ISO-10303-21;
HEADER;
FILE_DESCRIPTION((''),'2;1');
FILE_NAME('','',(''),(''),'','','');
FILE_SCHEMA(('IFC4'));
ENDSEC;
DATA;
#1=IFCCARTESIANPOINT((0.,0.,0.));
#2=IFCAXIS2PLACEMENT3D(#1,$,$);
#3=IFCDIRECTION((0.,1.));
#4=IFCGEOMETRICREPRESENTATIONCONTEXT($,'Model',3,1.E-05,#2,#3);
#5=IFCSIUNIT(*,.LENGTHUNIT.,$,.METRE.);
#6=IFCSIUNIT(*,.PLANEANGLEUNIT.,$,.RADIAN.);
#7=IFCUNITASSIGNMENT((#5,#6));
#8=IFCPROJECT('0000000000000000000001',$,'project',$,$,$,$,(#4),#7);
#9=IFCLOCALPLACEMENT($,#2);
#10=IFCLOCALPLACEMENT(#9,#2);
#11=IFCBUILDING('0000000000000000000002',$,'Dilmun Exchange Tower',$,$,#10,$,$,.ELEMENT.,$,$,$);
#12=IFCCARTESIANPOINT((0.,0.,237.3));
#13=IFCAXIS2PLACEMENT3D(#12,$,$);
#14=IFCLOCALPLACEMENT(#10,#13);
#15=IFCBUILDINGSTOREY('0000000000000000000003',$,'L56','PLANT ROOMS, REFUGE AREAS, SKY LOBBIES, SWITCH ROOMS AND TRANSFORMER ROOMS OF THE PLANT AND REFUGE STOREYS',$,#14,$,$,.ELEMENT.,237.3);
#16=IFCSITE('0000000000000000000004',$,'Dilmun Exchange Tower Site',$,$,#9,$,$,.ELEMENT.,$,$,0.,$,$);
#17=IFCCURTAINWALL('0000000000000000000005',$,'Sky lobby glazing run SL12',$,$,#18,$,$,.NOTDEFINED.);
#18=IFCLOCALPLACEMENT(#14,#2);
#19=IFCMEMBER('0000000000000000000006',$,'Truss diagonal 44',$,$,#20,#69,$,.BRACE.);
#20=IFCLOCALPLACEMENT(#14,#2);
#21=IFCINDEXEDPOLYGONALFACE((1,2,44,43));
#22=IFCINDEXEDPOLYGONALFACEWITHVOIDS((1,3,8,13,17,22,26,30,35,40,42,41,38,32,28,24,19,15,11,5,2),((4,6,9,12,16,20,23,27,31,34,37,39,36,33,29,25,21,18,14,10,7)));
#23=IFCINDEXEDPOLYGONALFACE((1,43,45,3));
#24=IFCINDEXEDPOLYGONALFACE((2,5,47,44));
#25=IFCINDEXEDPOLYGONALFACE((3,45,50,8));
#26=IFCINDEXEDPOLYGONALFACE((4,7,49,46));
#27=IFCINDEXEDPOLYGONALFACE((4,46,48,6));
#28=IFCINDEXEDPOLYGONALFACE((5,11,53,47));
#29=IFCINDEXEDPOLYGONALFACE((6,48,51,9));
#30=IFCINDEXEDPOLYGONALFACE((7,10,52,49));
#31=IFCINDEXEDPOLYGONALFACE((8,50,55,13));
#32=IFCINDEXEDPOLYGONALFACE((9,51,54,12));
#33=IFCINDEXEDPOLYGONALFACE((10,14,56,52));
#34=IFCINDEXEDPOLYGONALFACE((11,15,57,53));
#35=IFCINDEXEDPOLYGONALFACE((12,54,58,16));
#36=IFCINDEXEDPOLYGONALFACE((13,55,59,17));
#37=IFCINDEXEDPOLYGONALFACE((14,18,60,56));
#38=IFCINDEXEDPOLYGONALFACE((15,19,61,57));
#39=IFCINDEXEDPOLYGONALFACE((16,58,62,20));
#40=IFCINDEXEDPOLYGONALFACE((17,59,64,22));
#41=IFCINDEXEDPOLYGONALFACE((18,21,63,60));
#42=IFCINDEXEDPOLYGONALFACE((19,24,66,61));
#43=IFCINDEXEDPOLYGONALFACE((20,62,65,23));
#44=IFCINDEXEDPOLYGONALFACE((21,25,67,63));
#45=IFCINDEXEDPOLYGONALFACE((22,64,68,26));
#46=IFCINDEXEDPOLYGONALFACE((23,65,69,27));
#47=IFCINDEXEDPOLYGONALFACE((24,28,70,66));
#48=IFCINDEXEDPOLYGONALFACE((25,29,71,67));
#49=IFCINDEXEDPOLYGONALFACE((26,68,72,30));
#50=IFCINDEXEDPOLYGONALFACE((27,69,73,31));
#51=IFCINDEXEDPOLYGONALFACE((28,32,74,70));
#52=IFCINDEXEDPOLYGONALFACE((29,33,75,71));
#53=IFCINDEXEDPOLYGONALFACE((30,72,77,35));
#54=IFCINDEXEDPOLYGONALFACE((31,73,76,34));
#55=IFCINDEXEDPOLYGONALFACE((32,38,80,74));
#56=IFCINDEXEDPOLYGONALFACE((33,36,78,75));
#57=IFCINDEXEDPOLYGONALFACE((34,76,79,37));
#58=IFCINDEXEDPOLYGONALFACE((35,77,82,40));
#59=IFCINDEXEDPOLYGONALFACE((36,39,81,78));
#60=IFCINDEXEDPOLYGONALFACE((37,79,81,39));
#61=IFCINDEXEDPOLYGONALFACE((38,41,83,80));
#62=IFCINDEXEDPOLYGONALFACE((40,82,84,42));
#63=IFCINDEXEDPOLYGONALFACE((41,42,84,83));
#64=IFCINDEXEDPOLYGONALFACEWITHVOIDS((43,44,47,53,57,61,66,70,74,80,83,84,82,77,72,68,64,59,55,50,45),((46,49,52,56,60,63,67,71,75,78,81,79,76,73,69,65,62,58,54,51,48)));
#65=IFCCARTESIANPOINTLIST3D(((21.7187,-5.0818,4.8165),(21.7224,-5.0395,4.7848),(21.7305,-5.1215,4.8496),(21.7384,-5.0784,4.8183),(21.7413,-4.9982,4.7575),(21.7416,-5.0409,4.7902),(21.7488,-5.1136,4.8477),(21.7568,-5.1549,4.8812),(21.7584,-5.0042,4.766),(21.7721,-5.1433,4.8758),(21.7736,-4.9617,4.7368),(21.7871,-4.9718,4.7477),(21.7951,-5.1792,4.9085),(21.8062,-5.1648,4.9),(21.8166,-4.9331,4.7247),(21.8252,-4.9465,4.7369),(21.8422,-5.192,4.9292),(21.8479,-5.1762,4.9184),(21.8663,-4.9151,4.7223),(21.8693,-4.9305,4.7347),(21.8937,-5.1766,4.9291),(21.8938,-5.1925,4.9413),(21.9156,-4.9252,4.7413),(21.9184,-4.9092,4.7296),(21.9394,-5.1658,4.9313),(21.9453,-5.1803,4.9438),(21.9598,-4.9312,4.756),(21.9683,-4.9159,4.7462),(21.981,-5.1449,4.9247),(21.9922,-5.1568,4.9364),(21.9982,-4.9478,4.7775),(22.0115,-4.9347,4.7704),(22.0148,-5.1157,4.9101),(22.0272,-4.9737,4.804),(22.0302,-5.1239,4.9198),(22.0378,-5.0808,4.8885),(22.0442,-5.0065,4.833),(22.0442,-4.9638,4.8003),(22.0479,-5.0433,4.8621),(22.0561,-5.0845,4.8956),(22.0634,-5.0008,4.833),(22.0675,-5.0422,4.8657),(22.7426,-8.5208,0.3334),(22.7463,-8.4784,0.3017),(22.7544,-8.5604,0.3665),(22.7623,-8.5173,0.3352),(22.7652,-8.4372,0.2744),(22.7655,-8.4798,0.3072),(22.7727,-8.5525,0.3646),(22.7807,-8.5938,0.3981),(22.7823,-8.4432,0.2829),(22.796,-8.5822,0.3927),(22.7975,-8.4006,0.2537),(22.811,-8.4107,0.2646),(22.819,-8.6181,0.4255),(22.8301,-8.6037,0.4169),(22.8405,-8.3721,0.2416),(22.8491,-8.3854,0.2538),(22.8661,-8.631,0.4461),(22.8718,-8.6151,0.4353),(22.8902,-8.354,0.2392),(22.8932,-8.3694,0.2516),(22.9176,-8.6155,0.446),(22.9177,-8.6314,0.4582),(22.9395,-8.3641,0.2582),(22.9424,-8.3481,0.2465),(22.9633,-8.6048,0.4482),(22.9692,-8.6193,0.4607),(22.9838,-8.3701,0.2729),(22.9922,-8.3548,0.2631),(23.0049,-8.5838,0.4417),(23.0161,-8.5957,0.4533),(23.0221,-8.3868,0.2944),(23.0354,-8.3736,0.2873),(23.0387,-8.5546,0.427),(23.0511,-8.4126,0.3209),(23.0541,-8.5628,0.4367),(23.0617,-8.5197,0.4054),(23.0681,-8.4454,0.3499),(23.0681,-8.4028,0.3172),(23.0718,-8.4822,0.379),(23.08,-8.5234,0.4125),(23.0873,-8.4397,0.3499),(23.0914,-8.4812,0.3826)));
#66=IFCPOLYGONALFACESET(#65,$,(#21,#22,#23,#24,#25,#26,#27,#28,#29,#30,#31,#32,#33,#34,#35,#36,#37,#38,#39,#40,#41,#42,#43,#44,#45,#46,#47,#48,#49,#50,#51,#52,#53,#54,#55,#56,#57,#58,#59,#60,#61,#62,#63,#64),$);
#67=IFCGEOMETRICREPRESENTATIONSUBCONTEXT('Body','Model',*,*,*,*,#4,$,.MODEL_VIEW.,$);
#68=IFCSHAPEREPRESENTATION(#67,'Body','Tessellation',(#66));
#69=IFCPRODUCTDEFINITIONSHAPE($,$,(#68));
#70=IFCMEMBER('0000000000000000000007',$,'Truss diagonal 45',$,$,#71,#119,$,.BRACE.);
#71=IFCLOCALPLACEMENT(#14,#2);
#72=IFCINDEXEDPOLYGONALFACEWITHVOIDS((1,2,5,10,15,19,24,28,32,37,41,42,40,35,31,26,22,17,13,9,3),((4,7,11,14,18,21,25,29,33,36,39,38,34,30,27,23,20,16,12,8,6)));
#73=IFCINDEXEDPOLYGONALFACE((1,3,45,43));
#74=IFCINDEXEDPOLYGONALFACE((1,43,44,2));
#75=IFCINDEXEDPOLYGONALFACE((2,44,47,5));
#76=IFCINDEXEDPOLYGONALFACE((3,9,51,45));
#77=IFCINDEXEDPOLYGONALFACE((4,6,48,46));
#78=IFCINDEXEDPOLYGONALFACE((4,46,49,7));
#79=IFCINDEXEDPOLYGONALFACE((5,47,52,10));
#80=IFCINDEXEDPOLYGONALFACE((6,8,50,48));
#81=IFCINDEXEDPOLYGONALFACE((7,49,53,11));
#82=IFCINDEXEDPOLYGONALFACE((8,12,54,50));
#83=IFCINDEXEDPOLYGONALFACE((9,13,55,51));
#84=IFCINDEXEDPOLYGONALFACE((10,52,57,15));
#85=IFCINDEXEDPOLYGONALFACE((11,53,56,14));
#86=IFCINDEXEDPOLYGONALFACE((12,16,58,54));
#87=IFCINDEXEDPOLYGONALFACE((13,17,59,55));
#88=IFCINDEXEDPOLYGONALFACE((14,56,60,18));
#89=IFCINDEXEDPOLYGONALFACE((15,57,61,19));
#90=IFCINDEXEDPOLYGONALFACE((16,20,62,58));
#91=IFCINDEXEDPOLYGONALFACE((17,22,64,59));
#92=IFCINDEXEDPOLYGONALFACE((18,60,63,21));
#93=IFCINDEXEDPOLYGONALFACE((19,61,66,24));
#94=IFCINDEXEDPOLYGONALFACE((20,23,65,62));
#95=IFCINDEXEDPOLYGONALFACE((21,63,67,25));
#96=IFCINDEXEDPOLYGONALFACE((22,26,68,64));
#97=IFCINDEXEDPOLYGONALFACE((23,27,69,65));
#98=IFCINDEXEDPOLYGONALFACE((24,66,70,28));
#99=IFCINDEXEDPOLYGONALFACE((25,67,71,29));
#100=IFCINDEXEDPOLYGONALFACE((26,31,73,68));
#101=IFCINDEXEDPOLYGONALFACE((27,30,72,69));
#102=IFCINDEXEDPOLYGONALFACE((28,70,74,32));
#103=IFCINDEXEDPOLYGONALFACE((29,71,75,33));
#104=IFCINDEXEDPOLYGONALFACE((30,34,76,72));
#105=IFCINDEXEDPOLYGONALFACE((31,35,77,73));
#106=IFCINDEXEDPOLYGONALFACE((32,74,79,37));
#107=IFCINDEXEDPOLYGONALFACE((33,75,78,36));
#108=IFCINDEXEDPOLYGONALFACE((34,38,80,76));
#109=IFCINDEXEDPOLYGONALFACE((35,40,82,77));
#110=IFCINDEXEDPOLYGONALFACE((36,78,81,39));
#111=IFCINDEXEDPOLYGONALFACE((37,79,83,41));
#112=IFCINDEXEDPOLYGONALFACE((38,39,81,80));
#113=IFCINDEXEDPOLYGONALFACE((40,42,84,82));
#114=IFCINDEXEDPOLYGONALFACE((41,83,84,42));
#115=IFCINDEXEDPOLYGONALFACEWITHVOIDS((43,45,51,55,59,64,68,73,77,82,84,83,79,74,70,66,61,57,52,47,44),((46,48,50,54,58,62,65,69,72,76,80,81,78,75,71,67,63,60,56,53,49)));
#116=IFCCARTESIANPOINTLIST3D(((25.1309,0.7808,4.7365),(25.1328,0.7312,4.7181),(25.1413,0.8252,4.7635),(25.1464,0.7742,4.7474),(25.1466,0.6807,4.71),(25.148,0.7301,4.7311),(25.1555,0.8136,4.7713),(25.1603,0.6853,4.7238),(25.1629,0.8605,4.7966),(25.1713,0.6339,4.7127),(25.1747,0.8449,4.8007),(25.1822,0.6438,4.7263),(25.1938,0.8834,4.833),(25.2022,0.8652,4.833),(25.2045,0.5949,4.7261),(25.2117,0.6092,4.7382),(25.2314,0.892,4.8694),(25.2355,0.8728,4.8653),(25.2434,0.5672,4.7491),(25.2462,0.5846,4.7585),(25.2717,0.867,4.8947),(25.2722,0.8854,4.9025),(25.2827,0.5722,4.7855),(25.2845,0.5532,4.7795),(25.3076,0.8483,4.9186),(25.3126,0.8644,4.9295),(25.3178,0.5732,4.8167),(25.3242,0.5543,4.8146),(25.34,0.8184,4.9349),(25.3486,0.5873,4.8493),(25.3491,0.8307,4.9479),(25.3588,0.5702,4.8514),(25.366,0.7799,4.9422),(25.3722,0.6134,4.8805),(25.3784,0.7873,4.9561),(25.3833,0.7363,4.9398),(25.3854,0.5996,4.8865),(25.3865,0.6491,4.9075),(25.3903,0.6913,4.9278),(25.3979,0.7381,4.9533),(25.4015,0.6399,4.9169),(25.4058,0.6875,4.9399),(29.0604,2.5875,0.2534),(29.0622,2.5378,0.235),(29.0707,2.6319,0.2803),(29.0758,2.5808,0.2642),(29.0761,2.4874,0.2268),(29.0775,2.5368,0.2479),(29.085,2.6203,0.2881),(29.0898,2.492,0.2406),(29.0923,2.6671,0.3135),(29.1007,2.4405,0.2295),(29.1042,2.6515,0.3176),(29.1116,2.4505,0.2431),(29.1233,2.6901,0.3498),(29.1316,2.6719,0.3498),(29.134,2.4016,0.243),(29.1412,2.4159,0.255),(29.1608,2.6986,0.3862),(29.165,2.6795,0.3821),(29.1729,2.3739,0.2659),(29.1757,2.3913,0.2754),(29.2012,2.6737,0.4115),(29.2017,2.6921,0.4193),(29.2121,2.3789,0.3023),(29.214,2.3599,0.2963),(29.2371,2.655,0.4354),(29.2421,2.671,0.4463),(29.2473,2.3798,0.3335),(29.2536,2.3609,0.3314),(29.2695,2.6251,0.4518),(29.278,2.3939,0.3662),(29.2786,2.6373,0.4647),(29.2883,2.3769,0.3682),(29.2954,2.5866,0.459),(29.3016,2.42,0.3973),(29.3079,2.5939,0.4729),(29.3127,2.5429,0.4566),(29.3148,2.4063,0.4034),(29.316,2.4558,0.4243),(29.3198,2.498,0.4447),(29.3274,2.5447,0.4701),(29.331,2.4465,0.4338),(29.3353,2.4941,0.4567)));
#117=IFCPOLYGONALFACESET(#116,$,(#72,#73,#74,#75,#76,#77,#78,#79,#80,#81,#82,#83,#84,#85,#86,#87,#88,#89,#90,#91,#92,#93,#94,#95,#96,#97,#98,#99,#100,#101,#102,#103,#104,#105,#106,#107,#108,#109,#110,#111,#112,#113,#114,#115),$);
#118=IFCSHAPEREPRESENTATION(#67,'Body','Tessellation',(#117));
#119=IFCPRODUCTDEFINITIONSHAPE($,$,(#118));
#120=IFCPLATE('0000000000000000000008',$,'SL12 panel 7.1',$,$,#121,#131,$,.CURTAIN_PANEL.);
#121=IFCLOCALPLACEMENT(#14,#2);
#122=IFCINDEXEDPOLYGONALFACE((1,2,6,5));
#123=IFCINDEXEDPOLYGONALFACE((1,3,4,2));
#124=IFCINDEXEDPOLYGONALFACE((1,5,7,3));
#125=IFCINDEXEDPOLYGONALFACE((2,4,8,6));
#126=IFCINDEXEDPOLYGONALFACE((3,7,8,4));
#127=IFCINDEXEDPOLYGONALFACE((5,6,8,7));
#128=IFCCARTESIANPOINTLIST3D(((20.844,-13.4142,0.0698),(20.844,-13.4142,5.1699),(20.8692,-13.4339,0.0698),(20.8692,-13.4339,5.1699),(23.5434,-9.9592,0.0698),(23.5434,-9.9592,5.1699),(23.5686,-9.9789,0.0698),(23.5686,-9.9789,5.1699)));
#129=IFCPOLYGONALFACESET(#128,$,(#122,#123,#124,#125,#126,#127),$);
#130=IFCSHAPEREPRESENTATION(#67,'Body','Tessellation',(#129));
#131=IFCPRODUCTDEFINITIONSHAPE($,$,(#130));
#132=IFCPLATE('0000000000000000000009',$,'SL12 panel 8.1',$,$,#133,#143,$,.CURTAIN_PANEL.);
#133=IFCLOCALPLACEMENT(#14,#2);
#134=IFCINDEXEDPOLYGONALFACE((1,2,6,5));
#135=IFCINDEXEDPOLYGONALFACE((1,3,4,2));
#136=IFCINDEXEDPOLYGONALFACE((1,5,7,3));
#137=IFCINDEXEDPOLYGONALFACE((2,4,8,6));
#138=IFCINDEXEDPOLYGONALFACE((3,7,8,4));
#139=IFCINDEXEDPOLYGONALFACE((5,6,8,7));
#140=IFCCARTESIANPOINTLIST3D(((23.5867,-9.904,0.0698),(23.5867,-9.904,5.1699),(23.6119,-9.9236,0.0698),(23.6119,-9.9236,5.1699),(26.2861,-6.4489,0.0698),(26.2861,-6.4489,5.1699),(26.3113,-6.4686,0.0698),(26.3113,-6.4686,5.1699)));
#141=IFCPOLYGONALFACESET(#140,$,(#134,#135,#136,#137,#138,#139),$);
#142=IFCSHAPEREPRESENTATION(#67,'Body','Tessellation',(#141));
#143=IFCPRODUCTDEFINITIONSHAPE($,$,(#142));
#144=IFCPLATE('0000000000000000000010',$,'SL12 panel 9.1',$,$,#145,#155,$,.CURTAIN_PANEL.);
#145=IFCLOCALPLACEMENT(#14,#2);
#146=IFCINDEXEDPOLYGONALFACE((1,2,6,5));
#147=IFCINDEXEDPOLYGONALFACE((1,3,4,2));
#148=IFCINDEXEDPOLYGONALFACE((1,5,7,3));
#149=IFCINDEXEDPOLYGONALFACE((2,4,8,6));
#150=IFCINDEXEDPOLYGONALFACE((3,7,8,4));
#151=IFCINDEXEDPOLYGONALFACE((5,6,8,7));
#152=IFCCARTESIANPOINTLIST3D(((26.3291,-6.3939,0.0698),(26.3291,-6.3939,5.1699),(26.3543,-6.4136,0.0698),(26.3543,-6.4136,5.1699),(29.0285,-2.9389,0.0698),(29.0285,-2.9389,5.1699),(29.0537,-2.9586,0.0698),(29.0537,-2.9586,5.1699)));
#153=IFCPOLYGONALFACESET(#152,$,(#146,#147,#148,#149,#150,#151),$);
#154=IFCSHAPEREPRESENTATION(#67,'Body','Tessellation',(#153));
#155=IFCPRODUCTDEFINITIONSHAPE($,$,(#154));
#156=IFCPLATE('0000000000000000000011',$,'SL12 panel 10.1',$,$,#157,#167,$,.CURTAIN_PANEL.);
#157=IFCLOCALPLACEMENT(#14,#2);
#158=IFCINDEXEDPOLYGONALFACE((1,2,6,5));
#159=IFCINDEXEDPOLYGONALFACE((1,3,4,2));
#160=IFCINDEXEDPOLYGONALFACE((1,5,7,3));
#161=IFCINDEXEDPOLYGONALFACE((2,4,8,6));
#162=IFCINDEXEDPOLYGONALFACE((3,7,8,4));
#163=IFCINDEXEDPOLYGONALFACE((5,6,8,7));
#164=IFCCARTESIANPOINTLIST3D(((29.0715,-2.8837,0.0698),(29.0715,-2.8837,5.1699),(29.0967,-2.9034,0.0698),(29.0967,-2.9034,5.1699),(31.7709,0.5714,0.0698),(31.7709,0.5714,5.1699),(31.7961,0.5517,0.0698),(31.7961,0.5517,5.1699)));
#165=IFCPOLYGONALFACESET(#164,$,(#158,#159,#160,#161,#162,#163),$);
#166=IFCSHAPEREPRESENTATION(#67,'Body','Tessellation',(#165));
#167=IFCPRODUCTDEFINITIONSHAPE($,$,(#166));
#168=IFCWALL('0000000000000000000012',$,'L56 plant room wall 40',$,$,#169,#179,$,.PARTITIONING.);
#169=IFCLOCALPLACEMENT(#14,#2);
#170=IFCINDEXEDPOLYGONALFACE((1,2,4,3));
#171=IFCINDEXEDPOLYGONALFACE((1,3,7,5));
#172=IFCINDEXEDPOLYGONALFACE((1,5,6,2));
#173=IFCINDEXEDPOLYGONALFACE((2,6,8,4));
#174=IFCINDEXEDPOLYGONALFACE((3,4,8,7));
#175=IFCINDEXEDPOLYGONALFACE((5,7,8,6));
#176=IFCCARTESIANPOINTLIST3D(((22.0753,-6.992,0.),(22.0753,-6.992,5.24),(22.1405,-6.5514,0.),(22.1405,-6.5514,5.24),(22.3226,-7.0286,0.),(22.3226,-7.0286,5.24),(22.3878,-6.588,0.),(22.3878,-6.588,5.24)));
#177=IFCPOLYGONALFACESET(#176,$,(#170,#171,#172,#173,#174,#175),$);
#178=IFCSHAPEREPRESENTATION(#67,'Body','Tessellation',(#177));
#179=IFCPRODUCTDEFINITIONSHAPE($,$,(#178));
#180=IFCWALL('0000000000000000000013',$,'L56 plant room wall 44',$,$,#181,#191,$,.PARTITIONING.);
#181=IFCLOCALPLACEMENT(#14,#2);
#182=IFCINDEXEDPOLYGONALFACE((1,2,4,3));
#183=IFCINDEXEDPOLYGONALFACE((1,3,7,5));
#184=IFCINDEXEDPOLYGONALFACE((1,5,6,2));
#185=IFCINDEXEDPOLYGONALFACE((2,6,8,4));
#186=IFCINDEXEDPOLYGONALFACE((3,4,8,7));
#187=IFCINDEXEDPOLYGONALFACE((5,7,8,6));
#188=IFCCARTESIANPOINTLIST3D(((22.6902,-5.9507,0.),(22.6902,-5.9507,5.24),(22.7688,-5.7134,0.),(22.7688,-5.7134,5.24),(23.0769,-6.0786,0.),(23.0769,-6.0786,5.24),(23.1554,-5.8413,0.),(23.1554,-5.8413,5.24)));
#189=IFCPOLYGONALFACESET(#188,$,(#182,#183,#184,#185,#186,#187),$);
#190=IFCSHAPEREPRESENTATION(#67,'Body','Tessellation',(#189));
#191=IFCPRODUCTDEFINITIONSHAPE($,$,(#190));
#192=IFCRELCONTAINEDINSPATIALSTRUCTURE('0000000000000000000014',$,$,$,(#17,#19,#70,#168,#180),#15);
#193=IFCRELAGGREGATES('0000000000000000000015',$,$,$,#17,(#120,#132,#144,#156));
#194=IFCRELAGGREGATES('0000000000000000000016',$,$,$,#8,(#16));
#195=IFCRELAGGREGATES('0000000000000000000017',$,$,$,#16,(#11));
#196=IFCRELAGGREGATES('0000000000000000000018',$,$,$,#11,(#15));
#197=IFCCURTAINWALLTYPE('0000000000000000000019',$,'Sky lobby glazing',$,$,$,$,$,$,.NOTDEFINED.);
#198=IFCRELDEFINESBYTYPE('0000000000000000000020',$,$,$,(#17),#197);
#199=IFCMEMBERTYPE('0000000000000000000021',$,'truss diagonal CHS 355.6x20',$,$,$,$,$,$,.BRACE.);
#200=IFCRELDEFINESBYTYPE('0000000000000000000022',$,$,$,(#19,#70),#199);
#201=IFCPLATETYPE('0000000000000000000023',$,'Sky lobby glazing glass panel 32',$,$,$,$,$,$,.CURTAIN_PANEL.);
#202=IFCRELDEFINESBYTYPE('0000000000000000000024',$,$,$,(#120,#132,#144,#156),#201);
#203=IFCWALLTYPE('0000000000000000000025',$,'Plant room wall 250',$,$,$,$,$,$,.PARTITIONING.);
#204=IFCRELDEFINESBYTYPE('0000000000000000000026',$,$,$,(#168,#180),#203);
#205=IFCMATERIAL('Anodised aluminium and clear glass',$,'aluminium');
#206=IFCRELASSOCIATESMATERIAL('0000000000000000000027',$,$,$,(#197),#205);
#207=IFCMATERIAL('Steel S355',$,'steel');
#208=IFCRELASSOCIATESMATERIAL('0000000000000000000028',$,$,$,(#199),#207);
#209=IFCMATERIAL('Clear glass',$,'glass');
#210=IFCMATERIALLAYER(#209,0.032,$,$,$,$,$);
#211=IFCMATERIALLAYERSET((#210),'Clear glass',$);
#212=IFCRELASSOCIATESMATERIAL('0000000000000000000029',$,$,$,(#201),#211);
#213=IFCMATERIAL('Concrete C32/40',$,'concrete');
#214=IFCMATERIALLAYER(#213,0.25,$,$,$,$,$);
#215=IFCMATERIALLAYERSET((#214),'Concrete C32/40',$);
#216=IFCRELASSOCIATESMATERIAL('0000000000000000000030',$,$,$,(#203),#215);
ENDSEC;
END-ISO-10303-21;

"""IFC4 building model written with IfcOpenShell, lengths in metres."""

from ifc_helpers import new_model, si_unit, direction, frame, frame_2d, origin, origin_2d, place, context, subcontext, project, spatial, rectangle, hollow_circle, extrude, material, layer, layer_set, material_profile, profile_set, type_object, element, aggregate, save


model = new_model("IFC4")

# Units and contexts
model_context = context("Model", 3, precision=1e-05, world=origin(), true_north=direction((0.0, 1.0)))
body_context = subcontext(model_context, "Body", "Model", "MODEL_VIEW")
ifc_project = project(units=[si_unit("LENGTHUNIT", "METRE"), si_unit("PLANEANGLEUNIT", "RADIAN")], contexts=[model_context])

# Site, building, storey
site_placement = place(None, origin())
site = spatial("IfcSite", under=ifc_project, at=site_placement, Name="Dilmun Exchange Tower Site", CompositionType="ELEMENT", RefElevation=0.0)
building_placement = place(site_placement, origin())
building = spatial("IfcBuilding", under=site, at=building_placement, Name="Dilmun Exchange Tower", CompositionType="ELEMENT")
storey_placement = place(building_placement, frame((0.0, 0.0, 237.3)))
storey = spatial("IfcBuildingStorey", under=building, at=storey_placement, Name="L56", Description="PLANT ROOMS, REFUGE AREAS, SKY LOBBIES, SWITCH ROOMS AND TRANSFORMER ROOMS OF THE PLANT AND REFUGE STOREYS", CompositionType="ELEMENT", Elevation=237.3)

# Curtain wall
ifc_material_1 = material(Name="Anodised aluminium and clear glass", Category="aluminium")
curtain_wall_type = type_object("IfcCurtainWallType", Name="Sky lobby glazing", PredefinedType="NOTDEFINED", material=ifc_material_1)
curtain_wall_placement = place(storey_placement, origin())
curtain_wall = element("IfcCurtainWall", 1, at=curtain_wall_placement, inside=storey, type_object=curtain_wall_type, Name="Sky lobby glazing run SL12", PredefinedType="NOTDEFINED")

# Shared definitions
ifc_material_2 = material(Name="Steel S355", Category="steel")

# Members
ifc_material_profile_1 = material_profile(ifc_material_2, hollow_circle(Radius=0.1777, WallThickness=0.02, at=origin_2d()), Name="CHS 355.6x20")
ifc_profile_set_1 = profile_set([ifc_material_profile_1], Name="Steel S355")
member_type_1 = type_object("IfcMemberType", Name="truss diagonal CHS 355.6x20", PredefinedType="BRACE", material=ifc_profile_set_1)
member_1_placement = place(storey_placement, frame((21.8931, -5.0515, 4.833), z_axis=(0.178314, -0.598887, -0.78073), x_axis=(0.95842, 0.285362, 0.0)))
element("IfcMember", 2, at=member_1_placement, inside=storey, type_object=member_type_1, Name="Truss diagonal 44", PredefinedType="BRACE", context=body_context, shape_type="SweptSolid", body=[
    extrude(hollow_circle(Radius=0.1777, WallThickness=0.02, at=origin_2d()), origin(), (0.0, 0.0, 1.0), 5.7422),
])
member_2_placement = place(storey_placement, frame((25.2681, 0.7219, 4.833), z_axis=(0.630809, 0.290027, -0.719698), x_axis=(-0.417733, 0.90857, 0.0)))
element("IfcMember", 3, at=member_2_placement, inside=storey, type_object=member_type_1, Name="Truss diagonal 45", PredefinedType="BRACE", context=body_context, shape_type="SweptSolid", body=[
    extrude(hollow_circle(Radius=0.1777, WallThickness=0.02, at=origin_2d()), origin(), (0.0, 0.0, 1.0), 6.2292),
])

# Plates
ifc_material_3 = material(Name="Clear glass", Category="glass")
ifc_layer_1 = layer(ifc_material_3, 0.032)
ifc_layer_set_1 = layer_set([ifc_layer_1], Name="Clear glass")
plate_type = type_object("IfcPlateType", Name="Sky lobby glazing glass panel 32", PredefinedType="CURTAIN_PANEL", material=ifc_layer_set_1)
plate_1_placement = place(storey_placement, frame((22.2063, -11.6965, 0.0698), z_axis=(0.0, 0.0, 1.0), x_axis=(0.615662, 0.788011, 0.0)))
plate_1 = element("IfcPlate", 4, at=plate_1_placement, type_object=plate_type, Name="SL12 panel 7.1", PredefinedType="CURTAIN_PANEL", context=body_context, shape_type="SweptSolid", body=[
    extrude(rectangle(XDim=4.3845, YDim=0.032, at=origin_2d()), origin(), (0.0, 0.0, 1.0), 5.1001),
])
plate_2_placement = place(storey_placement, frame((24.949, -8.1863, 0.0698), z_axis=(0.0, 0.0, 1.0), x_axis=(0.615662, 0.788011, 0.0)))
plate_2 = element("IfcPlate", 5, at=plate_2_placement, type_object=plate_type, Name="SL12 panel 8.1", PredefinedType="CURTAIN_PANEL", context=body_context, shape_type="SweptSolid", body=[
    extrude(rectangle(XDim=4.3845, YDim=0.032, at=origin_2d()), origin(), (0.0, 0.0, 1.0), 5.1001),
])
plate_3_placement = place(storey_placement, frame((27.6914, -4.6763, 0.0698), z_axis=(0.0, 0.0, 1.0), x_axis=(0.615662, 0.788011, 0.0)))
plate_3 = element("IfcPlate", 6, at=plate_3_placement, type_object=plate_type, Name="SL12 panel 9.1", PredefinedType="CURTAIN_PANEL", context=body_context, shape_type="SweptSolid", body=[
    extrude(rectangle(XDim=4.3845, YDim=0.032, at=origin_2d()), origin(), (0.0, 0.0, 1.0), 5.1001),
])
plate_4_placement = place(storey_placement, frame((30.4338, -1.166, 0.0698), z_axis=(0.0, 0.0, 1.0), x_axis=(0.615662, 0.788011, 0.0)))
plate_4 = element("IfcPlate", 7, at=plate_4_placement, type_object=plate_type, Name="SL12 panel 10.1", PredefinedType="CURTAIN_PANEL", context=body_context, shape_type="SweptSolid", body=[
    extrude(rectangle(XDim=4.3845, YDim=0.032, at=origin_2d()), origin(), (0.0, 0.0, 1.0), 5.1001),
])
aggregate(curtain_wall, [plate_1, plate_2, plate_3, plate_4])

# Walls
ifc_material_4 = material(Name="Concrete C32/40", Category="concrete")
ifc_layer_2 = layer(ifc_material_4, 0.25)
ifc_layer_set_2 = layer_set([ifc_layer_2], Name="Concrete C32/40")
wall_type = type_object("IfcWallType", Name="Plant room wall 250", PredefinedType="PARTITIONING", material=ifc_layer_set_2)
wall_1_placement = place(storey_placement, frame((22.199, -7.0103, 0.0), z_axis=(0.0, 0.0, 1.0), x_axis=(0.14641, 0.989224, 0.0)))
element("IfcWall", 8, at=wall_1_placement, inside=storey, type_object=wall_type, Name="L56 plant room wall 40", PredefinedType="PARTITIONING", context=body_context, shape_type="SweptSolid", body=[
    extrude(rectangle(XDim=0.4453, YDim=0.25, at=frame_2d((0.2227, 0.0))), origin(), (0.0, 0.0, 1.0), 5.24),
])
wall_2_placement = place(storey_placement, frame((22.7295, -5.832, 0.0), z_axis=(0.0, 0.0, 1.0), x_axis=(0.9494, -0.314069, 0.0)))
element("IfcWall", 9, at=wall_2_placement, inside=storey, type_object=wall_type, Name="L56 plant room wall 44", PredefinedType="PARTITIONING", context=body_context, shape_type="SweptSolid", body=[
    extrude(rectangle(XDim=0.4072, YDim=0.25, at=frame_2d((0.2036, 0.0))), origin(), (0.0, 0.0, 1.0), 5.24),
])

save(model, "model.ifc")
